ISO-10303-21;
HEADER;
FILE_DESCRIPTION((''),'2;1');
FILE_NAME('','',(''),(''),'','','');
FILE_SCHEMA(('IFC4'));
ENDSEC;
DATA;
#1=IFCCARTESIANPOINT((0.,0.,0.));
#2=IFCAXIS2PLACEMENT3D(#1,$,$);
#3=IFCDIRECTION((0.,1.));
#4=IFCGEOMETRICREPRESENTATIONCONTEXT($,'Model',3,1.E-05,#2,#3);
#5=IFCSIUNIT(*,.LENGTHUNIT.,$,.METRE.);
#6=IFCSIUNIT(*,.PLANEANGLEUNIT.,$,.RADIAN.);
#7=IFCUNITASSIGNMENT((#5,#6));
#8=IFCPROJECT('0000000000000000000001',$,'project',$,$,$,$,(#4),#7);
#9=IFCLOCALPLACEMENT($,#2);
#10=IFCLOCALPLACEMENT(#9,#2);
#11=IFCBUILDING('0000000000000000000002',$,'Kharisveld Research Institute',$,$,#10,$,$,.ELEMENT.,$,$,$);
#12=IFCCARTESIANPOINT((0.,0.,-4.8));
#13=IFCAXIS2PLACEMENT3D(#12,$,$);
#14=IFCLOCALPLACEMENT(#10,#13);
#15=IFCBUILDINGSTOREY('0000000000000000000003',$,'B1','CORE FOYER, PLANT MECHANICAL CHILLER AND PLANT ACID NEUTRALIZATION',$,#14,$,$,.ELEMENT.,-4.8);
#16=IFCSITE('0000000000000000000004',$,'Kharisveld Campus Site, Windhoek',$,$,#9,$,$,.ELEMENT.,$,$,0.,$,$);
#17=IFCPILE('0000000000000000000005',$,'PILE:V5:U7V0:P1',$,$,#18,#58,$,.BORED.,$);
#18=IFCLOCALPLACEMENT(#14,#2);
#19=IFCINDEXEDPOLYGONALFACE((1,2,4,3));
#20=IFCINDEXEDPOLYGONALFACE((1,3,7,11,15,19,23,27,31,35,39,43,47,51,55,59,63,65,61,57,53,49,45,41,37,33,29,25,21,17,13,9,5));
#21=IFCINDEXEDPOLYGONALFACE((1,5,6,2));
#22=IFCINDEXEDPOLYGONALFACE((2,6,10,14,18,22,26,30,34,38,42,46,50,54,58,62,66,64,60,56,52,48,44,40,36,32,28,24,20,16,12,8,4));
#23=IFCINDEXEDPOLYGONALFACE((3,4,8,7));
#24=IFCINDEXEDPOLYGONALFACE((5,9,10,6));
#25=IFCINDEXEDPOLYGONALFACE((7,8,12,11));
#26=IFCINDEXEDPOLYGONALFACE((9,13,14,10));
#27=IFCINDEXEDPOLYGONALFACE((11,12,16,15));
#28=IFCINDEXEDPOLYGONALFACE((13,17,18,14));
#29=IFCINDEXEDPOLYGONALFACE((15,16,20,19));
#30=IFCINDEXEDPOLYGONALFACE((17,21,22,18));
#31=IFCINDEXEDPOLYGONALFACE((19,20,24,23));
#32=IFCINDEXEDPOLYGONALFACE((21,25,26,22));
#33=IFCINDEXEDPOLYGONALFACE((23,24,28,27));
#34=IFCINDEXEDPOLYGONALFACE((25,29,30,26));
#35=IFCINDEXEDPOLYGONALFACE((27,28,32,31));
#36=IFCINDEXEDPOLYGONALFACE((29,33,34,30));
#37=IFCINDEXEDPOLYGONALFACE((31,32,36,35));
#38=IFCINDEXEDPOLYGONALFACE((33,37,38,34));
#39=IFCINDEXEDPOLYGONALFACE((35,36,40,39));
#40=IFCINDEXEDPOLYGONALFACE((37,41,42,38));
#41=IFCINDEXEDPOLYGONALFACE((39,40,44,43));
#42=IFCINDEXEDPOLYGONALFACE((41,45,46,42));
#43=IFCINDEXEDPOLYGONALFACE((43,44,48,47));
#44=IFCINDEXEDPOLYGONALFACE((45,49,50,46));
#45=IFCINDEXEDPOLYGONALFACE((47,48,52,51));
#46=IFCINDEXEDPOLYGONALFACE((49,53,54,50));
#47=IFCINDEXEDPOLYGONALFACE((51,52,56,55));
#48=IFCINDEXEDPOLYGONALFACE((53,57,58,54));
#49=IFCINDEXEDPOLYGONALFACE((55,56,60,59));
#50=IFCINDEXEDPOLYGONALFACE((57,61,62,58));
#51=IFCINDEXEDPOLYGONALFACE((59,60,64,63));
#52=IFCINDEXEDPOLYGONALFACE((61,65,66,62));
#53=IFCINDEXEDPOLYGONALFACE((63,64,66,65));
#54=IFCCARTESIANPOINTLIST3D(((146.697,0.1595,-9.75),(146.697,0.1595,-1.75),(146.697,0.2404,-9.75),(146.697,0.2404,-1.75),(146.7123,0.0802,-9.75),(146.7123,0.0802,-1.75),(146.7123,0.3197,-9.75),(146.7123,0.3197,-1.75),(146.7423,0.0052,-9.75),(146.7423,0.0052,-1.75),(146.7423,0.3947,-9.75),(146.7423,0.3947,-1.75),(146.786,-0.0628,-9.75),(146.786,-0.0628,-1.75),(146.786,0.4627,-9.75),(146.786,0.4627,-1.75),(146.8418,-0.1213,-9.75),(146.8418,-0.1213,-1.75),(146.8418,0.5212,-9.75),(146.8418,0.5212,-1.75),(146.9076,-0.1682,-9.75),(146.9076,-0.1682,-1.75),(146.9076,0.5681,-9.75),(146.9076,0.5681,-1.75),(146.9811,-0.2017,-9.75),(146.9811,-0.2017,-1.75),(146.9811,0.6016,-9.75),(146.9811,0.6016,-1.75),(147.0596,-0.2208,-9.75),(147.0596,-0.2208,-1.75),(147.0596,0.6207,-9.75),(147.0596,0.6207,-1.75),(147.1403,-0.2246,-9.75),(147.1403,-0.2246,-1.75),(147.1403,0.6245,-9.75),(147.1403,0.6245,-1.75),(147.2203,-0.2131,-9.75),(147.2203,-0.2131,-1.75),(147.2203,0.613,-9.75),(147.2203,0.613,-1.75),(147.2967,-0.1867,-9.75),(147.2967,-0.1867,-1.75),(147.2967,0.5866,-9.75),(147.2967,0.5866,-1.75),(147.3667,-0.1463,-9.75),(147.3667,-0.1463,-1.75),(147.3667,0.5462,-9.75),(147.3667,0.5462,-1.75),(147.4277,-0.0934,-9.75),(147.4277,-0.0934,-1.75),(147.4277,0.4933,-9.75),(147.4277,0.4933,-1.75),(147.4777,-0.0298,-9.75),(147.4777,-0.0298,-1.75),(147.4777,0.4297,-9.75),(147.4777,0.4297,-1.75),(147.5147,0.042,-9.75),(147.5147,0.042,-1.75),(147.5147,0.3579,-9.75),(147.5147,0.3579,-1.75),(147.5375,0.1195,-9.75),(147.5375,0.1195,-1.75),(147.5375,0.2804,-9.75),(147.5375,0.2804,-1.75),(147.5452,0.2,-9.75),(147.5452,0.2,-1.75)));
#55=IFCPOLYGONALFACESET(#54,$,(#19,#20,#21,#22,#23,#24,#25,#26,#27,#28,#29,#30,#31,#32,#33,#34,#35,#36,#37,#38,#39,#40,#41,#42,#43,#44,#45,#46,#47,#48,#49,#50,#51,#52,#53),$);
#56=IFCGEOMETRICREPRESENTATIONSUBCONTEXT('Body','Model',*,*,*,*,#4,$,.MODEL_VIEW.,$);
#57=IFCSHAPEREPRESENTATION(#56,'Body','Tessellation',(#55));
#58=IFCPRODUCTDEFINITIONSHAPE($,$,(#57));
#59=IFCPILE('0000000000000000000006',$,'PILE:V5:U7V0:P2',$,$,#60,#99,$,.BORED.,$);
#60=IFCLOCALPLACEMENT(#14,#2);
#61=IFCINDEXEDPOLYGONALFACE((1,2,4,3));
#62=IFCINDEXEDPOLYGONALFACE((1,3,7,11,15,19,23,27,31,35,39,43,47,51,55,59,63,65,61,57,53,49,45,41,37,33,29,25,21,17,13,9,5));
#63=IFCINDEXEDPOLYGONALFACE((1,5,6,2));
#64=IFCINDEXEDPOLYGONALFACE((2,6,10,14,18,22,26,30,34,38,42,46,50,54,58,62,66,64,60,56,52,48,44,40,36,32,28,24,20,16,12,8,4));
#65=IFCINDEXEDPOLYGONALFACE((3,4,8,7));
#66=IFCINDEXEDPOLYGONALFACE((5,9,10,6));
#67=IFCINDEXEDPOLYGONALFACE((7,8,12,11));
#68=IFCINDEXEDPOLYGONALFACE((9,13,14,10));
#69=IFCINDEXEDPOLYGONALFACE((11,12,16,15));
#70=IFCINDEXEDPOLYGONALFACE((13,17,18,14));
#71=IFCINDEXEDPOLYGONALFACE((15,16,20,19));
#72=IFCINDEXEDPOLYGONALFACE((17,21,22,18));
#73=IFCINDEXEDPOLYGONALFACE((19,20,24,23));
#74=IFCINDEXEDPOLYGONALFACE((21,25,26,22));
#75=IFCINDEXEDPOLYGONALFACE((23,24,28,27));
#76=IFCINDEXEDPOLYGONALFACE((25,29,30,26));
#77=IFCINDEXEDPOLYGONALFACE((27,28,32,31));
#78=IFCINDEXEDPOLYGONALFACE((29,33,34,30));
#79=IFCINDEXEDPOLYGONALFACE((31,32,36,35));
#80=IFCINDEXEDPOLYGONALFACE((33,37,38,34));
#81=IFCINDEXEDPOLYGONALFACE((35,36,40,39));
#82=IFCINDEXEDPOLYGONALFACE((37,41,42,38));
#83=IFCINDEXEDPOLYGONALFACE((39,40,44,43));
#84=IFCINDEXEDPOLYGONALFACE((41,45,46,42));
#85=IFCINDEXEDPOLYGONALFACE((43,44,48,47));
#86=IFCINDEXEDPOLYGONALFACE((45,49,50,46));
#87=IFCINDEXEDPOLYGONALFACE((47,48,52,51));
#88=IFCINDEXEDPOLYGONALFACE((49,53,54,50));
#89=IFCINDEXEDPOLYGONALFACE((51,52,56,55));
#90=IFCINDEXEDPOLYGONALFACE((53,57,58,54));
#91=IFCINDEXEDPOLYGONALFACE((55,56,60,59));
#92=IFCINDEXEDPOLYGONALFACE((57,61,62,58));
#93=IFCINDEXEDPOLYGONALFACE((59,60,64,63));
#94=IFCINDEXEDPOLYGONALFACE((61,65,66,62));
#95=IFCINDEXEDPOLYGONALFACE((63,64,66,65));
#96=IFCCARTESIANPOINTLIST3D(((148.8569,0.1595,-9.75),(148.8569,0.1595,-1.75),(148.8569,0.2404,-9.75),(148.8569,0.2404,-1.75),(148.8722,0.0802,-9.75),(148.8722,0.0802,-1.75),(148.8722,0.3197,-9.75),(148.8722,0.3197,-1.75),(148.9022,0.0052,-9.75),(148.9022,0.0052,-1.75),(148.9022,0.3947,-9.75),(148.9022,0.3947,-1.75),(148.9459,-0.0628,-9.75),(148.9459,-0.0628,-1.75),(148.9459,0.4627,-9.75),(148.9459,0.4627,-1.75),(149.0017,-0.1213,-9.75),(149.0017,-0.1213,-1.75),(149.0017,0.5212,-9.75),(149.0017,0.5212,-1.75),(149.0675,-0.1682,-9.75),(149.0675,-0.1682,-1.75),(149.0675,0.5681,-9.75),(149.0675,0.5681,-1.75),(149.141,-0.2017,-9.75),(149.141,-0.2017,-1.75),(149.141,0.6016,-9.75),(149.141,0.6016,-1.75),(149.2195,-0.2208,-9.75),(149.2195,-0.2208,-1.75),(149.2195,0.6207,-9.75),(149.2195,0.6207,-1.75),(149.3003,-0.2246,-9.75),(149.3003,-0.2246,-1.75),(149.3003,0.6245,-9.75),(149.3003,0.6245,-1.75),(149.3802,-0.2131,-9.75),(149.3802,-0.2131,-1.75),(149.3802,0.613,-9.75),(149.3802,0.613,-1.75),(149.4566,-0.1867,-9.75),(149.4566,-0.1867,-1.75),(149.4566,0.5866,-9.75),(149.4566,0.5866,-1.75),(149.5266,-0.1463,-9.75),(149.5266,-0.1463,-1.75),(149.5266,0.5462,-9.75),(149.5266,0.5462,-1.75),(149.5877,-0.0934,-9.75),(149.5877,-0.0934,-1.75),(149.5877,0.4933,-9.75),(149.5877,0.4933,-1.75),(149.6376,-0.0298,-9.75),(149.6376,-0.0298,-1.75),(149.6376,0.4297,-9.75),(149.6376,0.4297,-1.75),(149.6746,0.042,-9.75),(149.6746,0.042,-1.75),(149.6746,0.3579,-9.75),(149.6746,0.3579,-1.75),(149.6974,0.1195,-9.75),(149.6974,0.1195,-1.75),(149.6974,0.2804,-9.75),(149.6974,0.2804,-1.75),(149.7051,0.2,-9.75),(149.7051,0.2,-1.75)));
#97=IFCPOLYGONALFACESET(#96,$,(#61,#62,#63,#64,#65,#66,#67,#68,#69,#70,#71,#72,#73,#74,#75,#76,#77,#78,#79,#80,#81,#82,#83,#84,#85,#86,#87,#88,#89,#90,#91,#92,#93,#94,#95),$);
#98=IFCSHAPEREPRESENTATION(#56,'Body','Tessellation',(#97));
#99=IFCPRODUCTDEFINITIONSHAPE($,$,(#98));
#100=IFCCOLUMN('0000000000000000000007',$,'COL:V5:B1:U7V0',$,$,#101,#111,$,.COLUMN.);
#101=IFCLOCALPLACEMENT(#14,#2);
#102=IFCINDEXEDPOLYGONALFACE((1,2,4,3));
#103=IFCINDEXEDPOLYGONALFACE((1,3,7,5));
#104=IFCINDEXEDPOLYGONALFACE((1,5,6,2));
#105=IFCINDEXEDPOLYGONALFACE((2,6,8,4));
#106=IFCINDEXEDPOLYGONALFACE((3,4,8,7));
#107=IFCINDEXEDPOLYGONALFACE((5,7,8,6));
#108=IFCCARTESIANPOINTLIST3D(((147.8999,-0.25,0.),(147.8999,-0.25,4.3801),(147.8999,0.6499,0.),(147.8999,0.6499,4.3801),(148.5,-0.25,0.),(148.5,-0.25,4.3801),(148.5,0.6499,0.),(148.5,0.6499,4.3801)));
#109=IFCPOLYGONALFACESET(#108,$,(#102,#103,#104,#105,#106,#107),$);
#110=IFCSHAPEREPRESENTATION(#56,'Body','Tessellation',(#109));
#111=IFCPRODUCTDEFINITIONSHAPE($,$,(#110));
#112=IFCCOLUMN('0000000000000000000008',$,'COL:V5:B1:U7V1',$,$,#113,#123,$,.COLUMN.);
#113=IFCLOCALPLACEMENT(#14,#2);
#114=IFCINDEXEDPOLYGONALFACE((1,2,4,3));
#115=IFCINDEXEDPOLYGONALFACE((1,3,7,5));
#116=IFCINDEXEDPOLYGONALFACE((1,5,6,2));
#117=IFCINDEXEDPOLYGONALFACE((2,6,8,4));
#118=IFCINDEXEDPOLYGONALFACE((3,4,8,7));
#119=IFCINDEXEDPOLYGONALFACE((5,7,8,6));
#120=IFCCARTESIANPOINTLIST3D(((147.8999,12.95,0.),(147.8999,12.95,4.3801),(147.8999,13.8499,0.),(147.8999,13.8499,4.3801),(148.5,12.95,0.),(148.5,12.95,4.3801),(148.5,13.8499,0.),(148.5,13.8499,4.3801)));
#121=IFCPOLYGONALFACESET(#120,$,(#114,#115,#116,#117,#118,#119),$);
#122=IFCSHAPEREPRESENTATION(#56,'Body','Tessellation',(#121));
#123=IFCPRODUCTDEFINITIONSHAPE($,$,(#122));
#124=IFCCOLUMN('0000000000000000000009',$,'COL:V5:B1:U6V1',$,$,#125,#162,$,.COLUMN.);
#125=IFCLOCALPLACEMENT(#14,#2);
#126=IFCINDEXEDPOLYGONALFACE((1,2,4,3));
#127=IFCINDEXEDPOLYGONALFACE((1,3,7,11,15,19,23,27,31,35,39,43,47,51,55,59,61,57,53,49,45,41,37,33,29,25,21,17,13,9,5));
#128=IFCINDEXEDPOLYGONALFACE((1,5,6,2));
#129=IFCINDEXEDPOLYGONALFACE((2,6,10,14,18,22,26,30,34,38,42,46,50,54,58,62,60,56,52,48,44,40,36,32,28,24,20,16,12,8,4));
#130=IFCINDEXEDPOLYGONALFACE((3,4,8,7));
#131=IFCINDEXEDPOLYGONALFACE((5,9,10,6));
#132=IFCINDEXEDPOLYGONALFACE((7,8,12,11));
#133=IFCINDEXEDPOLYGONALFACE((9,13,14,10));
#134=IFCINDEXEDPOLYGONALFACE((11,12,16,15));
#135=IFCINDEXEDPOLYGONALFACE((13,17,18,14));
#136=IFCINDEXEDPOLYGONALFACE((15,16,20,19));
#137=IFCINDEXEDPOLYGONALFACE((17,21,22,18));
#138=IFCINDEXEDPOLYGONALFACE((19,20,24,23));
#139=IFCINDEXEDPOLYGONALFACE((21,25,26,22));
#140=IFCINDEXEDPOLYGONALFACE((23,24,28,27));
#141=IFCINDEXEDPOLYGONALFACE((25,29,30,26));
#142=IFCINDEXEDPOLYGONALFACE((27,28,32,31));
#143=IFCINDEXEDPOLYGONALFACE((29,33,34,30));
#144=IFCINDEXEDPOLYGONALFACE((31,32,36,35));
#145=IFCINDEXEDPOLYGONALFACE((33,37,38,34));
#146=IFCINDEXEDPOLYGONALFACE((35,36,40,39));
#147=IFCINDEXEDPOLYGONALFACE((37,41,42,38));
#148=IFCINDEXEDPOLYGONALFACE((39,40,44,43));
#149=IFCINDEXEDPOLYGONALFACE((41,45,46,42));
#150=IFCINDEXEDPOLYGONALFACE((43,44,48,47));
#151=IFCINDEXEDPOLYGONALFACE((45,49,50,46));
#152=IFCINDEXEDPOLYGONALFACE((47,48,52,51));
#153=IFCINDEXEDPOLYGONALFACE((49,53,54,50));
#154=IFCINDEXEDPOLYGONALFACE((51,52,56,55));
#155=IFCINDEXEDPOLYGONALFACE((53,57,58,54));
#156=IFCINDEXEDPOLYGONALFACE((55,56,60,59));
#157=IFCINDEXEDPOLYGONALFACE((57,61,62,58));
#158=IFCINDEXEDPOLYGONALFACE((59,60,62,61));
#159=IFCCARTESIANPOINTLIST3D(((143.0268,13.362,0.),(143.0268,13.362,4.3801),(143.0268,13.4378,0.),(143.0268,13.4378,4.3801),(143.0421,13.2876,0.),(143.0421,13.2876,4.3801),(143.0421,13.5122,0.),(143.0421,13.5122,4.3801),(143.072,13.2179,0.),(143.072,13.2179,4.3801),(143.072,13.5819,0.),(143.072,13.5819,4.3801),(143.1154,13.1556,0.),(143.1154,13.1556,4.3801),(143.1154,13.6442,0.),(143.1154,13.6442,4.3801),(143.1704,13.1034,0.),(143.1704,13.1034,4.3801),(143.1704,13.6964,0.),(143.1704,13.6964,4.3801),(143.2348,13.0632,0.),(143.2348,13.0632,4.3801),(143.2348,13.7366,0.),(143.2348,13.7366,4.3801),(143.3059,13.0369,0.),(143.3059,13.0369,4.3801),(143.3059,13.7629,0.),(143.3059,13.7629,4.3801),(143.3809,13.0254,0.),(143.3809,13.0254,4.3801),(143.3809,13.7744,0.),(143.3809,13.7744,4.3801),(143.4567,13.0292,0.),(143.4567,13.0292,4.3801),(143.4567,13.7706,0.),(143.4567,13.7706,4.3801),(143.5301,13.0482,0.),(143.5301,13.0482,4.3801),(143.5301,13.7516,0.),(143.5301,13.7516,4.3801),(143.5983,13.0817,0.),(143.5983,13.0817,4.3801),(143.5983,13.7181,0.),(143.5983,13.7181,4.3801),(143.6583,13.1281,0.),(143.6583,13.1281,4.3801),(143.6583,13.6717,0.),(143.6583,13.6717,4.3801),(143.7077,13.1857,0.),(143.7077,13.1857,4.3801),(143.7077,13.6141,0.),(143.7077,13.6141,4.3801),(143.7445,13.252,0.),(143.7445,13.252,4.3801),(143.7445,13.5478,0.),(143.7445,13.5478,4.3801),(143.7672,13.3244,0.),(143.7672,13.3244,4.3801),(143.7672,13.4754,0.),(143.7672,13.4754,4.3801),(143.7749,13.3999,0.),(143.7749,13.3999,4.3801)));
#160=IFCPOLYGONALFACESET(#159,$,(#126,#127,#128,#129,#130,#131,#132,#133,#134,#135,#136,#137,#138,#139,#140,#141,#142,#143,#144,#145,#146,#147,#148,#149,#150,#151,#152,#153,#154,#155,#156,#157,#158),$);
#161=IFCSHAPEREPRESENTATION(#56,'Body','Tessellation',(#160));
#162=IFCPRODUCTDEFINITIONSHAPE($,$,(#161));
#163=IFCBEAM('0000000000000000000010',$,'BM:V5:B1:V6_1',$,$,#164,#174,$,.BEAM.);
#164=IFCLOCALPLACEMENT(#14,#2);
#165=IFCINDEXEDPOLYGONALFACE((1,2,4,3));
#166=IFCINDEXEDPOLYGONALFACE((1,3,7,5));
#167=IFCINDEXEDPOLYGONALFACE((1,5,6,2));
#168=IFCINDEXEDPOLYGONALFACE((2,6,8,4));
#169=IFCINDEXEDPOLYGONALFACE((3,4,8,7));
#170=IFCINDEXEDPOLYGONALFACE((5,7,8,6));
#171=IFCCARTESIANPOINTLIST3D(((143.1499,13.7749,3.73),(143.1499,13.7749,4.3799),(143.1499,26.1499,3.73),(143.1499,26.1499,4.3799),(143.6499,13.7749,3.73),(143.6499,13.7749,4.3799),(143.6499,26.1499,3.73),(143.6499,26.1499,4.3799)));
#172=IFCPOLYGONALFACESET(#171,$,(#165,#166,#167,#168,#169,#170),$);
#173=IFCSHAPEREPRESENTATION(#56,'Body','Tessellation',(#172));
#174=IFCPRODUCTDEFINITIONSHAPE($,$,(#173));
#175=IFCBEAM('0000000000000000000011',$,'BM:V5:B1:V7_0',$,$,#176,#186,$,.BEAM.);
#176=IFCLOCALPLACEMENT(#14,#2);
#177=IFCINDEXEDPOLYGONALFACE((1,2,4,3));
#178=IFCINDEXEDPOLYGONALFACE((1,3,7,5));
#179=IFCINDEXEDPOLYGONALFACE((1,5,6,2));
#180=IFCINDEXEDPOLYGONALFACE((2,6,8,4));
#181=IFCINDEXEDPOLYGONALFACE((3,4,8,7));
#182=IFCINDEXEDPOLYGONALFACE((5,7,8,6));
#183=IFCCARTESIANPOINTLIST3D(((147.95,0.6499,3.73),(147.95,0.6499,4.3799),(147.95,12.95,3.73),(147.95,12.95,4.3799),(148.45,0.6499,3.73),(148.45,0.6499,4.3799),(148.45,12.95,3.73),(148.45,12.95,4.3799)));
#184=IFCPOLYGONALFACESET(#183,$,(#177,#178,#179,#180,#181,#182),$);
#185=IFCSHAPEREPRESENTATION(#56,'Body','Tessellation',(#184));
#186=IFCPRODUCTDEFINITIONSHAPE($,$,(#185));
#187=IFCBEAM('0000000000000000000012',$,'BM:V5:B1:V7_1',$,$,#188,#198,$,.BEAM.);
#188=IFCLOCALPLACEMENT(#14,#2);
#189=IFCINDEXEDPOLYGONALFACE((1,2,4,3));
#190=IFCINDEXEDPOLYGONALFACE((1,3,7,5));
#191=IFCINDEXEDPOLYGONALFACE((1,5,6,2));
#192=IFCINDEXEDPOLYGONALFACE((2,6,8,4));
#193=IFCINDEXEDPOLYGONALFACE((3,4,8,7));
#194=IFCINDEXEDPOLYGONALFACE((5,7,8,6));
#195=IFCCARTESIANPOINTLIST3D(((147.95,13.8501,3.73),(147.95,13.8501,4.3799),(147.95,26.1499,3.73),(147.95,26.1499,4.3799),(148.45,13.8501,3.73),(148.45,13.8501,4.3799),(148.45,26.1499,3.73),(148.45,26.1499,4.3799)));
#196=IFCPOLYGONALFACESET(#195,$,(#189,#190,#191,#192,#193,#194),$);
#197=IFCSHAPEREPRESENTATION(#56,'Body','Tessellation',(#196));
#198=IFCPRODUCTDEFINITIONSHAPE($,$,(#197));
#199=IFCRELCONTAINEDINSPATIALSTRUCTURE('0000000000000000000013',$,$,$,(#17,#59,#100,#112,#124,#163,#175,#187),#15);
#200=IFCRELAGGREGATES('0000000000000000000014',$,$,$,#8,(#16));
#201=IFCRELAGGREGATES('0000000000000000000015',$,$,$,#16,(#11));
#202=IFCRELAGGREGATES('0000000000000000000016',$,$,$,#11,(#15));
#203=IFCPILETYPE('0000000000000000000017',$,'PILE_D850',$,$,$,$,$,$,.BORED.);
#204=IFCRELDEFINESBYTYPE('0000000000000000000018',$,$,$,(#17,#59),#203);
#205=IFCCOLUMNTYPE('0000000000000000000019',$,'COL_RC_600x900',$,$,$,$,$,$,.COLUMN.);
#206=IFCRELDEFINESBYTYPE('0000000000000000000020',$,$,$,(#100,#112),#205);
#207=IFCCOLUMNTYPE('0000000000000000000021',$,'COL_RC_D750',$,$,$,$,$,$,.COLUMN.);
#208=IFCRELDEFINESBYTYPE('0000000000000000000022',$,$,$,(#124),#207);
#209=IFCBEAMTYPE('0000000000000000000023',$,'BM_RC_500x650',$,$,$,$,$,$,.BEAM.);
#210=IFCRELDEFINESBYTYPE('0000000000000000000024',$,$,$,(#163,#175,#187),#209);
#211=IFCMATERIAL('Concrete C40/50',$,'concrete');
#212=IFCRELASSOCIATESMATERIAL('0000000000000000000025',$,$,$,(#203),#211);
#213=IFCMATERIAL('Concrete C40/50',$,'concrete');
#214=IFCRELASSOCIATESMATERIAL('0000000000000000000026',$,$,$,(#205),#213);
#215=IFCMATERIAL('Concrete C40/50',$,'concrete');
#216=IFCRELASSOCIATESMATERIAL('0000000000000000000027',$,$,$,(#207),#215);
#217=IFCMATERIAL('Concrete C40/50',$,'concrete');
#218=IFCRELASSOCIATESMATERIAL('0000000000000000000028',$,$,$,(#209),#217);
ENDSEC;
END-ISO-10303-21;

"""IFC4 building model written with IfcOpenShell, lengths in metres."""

from ifc_helpers import new_model, si_unit, direction, frame, origin, origin_2d, place, context, subcontext, project, spatial, rectangle, circle, extrude, material, material_profile, profile_set, type_object, element, save


model = new_model("IFC4")

# Units and contexts
model_context = context("Model", 3, precision=1e-05, world=origin(), true_north=direction((0.0, 1.0)))
body_context = subcontext(model_context, "Body", "Model", "MODEL_VIEW")
ifc_project = project(units=[si_unit("LENGTHUNIT", "METRE"), si_unit("PLANEANGLEUNIT", "RADIAN")], contexts=[model_context])

# Site, building, storey
site_placement = place(None, origin())
site = spatial("IfcSite", under=ifc_project, at=site_placement, Name="Kharisveld Campus Site, Windhoek", CompositionType="ELEMENT", RefElevation=0.0)
building_placement = place(site_placement, origin())
building = spatial("IfcBuilding", under=site, at=building_placement, Name="Kharisveld Research Institute", CompositionType="ELEMENT")
storey_placement = place(building_placement, frame((0.0, 0.0, -4.8)))
storey = spatial("IfcBuildingStorey", under=building, at=storey_placement, Name="B1", Description="CORE FOYER, PLANT MECHANICAL CHILLER AND PLANT ACID NEUTRALIZATION", CompositionType="ELEMENT", Elevation=-4.8)

# Piles
ifc_material_1 = material(Name="Concrete C40/50", Category="concrete")
ifc_material_profile_1 = material_profile(ifc_material_1, circle(Radius=0.425, at=origin_2d()))
ifc_profile_set_1 = profile_set([ifc_material_profile_1], Name="Concrete C40/50")
pile_type_1 = type_object("IfcPileType", Name="PILE_D850", PredefinedType="BORED", material=ifc_profile_set_1)
for number, where, z_axis, x_axis, name in (
    (1, (147.1201, 0.2, -1.75), (0.0, 0.0, -1.0), (1.0, 0.0, 0.0), "PILE:V5:U7V0:P1"),
    (2, (149.28, 0.2, -1.75), (0.0, 0.0, -1.0), (1.0, 0.0, 0.0), "PILE:V5:U7V0:P2"),
):
    element("IfcPile", number, at=place(storey_placement, frame(where, z_axis=z_axis, x_axis=x_axis)), inside=storey, type_object=pile_type_1, Name=name, PredefinedType="BORED", context=body_context, shape_type="SweptSolid", body=[
        extrude(circle(Radius=0.425, at=origin_2d()), origin(), (0.0, 0.0, 1.0), 8.0),
    ])

# Columns
ifc_material_2 = material(Name="Concrete C40/50", Category="concrete")
ifc_material_profile_2 = material_profile(ifc_material_2, rectangle(XDim=0.6001, YDim=0.8999, at=origin_2d()))
ifc_profile_set_2 = profile_set([ifc_material_profile_2], Name="Concrete C40/50")
column_type_1 = type_object("IfcColumnType", Name="COL_RC_600x900", PredefinedType="COLUMN", material=ifc_profile_set_2)
for number, where, z_axis, x_axis, name in (
    (3, (148.2, 0.2, 0.0), (0.0, 0.0, 1.0), (1.0, 0.0, 0.0), "COL:V5:B1:U7V0"),
    (4, (148.2, 13.3999, 0.0), (0.0, 0.0, 1.0), (1.0, 0.0, 0.0), "COL:V5:B1:U7V1"),
):
    element("IfcColumn", number, at=place(storey_placement, frame(where, z_axis=z_axis, x_axis=x_axis)), inside=storey, type_object=column_type_1, Name=name, PredefinedType="COLUMN", context=body_context, shape_type="SweptSolid", body=[
        extrude(rectangle(XDim=0.6001, YDim=0.8999, at=origin_2d()), origin(), (0.0, 0.0, 1.0), 4.3801),
    ])
ifc_material_3 = material(Name="Concrete C40/50", Category="concrete")
ifc_material_profile_3 = material_profile(ifc_material_3, circle(Radius=0.375, at=origin_2d()))
ifc_profile_set_3 = profile_set([ifc_material_profile_3], Name="Concrete C40/50")
column_type_2 = type_object("IfcColumnType", Name="COL_RC_D750", PredefinedType="COLUMN", material=ifc_profile_set_3)
column_placement = place(storey_placement, frame((143.3999, 13.3999, 0.0), z_axis=(0.0, 0.0, 1.0), x_axis=(1.0, 0.0, 0.0)))
element("IfcColumn", 5, at=column_placement, inside=storey, type_object=column_type_2, Name="COL:V5:B1:U6V1", PredefinedType="COLUMN", context=body_context, shape_type="SweptSolid", body=[
    extrude(circle(Radius=0.375, at=origin_2d()), origin(), (0.0, 0.0, 1.0), 4.3801),
])

# Beams
ifc_material_4 = material(Name="Concrete C40/50", Category="concrete")
ifc_material_profile_4 = material_profile(ifc_material_4, rectangle(XDim=0.5, YDim=0.6499, at=origin_2d()))
ifc_profile_set_4 = profile_set([ifc_material_profile_4], Name="Concrete C40/50")
beam_type_1 = type_object("IfcBeamType", Name="BM_RC_500x650", PredefinedType="BEAM", material=ifc_profile_set_4)
beam_1_placement = place(storey_placement, frame((143.3999, 13.7749, 4.0549), z_axis=(0.0, 1.0, 0.0), x_axis=(-1.0, 0.0, 0.0)))
element("IfcBeam", 6, at=beam_1_placement, inside=storey, type_object=beam_type_1, Name="BM:V5:B1:V6_1", PredefinedType="BEAM", context=body_context, shape_type="SweptSolid", body=[
    extrude(rectangle(XDim=0.5, YDim=0.6499, at=origin_2d()), origin(), (0.0, 0.0, 1.0), 12.375),
])
beam_2_placement = place(storey_placement, frame((148.2, 0.6499, 4.0549), z_axis=(0.0, 1.0, 0.0), x_axis=(-1.0, 0.0, 0.0)))
element("IfcBeam", 7, at=beam_2_placement, inside=storey, type_object=beam_type_1, Name="BM:V5:B1:V7_0", PredefinedType="BEAM", context=body_context, shape_type="SweptSolid", body=[
    extrude(rectangle(XDim=0.5, YDim=0.6499, at=origin_2d()), origin(), (0.0, 0.0, 1.0), 12.3),
])
beam_3_placement = place(storey_placement, frame((148.2, 13.8501, 4.0549), z_axis=(0.0, 1.0, 0.0), x_axis=(-1.0, 0.0, 0.0)))
element("IfcBeam", 8, at=beam_3_placement, inside=storey, type_object=beam_type_1, Name="BM:V5:B1:V7_1", PredefinedType="BEAM", context=body_context, shape_type="SweptSolid", body=[
    extrude(rectangle(XDim=0.5, YDim=0.6499, at=origin_2d()), origin(), (0.0, 0.0, 1.0), 12.2998),
])

save(model, "model.ifc")
